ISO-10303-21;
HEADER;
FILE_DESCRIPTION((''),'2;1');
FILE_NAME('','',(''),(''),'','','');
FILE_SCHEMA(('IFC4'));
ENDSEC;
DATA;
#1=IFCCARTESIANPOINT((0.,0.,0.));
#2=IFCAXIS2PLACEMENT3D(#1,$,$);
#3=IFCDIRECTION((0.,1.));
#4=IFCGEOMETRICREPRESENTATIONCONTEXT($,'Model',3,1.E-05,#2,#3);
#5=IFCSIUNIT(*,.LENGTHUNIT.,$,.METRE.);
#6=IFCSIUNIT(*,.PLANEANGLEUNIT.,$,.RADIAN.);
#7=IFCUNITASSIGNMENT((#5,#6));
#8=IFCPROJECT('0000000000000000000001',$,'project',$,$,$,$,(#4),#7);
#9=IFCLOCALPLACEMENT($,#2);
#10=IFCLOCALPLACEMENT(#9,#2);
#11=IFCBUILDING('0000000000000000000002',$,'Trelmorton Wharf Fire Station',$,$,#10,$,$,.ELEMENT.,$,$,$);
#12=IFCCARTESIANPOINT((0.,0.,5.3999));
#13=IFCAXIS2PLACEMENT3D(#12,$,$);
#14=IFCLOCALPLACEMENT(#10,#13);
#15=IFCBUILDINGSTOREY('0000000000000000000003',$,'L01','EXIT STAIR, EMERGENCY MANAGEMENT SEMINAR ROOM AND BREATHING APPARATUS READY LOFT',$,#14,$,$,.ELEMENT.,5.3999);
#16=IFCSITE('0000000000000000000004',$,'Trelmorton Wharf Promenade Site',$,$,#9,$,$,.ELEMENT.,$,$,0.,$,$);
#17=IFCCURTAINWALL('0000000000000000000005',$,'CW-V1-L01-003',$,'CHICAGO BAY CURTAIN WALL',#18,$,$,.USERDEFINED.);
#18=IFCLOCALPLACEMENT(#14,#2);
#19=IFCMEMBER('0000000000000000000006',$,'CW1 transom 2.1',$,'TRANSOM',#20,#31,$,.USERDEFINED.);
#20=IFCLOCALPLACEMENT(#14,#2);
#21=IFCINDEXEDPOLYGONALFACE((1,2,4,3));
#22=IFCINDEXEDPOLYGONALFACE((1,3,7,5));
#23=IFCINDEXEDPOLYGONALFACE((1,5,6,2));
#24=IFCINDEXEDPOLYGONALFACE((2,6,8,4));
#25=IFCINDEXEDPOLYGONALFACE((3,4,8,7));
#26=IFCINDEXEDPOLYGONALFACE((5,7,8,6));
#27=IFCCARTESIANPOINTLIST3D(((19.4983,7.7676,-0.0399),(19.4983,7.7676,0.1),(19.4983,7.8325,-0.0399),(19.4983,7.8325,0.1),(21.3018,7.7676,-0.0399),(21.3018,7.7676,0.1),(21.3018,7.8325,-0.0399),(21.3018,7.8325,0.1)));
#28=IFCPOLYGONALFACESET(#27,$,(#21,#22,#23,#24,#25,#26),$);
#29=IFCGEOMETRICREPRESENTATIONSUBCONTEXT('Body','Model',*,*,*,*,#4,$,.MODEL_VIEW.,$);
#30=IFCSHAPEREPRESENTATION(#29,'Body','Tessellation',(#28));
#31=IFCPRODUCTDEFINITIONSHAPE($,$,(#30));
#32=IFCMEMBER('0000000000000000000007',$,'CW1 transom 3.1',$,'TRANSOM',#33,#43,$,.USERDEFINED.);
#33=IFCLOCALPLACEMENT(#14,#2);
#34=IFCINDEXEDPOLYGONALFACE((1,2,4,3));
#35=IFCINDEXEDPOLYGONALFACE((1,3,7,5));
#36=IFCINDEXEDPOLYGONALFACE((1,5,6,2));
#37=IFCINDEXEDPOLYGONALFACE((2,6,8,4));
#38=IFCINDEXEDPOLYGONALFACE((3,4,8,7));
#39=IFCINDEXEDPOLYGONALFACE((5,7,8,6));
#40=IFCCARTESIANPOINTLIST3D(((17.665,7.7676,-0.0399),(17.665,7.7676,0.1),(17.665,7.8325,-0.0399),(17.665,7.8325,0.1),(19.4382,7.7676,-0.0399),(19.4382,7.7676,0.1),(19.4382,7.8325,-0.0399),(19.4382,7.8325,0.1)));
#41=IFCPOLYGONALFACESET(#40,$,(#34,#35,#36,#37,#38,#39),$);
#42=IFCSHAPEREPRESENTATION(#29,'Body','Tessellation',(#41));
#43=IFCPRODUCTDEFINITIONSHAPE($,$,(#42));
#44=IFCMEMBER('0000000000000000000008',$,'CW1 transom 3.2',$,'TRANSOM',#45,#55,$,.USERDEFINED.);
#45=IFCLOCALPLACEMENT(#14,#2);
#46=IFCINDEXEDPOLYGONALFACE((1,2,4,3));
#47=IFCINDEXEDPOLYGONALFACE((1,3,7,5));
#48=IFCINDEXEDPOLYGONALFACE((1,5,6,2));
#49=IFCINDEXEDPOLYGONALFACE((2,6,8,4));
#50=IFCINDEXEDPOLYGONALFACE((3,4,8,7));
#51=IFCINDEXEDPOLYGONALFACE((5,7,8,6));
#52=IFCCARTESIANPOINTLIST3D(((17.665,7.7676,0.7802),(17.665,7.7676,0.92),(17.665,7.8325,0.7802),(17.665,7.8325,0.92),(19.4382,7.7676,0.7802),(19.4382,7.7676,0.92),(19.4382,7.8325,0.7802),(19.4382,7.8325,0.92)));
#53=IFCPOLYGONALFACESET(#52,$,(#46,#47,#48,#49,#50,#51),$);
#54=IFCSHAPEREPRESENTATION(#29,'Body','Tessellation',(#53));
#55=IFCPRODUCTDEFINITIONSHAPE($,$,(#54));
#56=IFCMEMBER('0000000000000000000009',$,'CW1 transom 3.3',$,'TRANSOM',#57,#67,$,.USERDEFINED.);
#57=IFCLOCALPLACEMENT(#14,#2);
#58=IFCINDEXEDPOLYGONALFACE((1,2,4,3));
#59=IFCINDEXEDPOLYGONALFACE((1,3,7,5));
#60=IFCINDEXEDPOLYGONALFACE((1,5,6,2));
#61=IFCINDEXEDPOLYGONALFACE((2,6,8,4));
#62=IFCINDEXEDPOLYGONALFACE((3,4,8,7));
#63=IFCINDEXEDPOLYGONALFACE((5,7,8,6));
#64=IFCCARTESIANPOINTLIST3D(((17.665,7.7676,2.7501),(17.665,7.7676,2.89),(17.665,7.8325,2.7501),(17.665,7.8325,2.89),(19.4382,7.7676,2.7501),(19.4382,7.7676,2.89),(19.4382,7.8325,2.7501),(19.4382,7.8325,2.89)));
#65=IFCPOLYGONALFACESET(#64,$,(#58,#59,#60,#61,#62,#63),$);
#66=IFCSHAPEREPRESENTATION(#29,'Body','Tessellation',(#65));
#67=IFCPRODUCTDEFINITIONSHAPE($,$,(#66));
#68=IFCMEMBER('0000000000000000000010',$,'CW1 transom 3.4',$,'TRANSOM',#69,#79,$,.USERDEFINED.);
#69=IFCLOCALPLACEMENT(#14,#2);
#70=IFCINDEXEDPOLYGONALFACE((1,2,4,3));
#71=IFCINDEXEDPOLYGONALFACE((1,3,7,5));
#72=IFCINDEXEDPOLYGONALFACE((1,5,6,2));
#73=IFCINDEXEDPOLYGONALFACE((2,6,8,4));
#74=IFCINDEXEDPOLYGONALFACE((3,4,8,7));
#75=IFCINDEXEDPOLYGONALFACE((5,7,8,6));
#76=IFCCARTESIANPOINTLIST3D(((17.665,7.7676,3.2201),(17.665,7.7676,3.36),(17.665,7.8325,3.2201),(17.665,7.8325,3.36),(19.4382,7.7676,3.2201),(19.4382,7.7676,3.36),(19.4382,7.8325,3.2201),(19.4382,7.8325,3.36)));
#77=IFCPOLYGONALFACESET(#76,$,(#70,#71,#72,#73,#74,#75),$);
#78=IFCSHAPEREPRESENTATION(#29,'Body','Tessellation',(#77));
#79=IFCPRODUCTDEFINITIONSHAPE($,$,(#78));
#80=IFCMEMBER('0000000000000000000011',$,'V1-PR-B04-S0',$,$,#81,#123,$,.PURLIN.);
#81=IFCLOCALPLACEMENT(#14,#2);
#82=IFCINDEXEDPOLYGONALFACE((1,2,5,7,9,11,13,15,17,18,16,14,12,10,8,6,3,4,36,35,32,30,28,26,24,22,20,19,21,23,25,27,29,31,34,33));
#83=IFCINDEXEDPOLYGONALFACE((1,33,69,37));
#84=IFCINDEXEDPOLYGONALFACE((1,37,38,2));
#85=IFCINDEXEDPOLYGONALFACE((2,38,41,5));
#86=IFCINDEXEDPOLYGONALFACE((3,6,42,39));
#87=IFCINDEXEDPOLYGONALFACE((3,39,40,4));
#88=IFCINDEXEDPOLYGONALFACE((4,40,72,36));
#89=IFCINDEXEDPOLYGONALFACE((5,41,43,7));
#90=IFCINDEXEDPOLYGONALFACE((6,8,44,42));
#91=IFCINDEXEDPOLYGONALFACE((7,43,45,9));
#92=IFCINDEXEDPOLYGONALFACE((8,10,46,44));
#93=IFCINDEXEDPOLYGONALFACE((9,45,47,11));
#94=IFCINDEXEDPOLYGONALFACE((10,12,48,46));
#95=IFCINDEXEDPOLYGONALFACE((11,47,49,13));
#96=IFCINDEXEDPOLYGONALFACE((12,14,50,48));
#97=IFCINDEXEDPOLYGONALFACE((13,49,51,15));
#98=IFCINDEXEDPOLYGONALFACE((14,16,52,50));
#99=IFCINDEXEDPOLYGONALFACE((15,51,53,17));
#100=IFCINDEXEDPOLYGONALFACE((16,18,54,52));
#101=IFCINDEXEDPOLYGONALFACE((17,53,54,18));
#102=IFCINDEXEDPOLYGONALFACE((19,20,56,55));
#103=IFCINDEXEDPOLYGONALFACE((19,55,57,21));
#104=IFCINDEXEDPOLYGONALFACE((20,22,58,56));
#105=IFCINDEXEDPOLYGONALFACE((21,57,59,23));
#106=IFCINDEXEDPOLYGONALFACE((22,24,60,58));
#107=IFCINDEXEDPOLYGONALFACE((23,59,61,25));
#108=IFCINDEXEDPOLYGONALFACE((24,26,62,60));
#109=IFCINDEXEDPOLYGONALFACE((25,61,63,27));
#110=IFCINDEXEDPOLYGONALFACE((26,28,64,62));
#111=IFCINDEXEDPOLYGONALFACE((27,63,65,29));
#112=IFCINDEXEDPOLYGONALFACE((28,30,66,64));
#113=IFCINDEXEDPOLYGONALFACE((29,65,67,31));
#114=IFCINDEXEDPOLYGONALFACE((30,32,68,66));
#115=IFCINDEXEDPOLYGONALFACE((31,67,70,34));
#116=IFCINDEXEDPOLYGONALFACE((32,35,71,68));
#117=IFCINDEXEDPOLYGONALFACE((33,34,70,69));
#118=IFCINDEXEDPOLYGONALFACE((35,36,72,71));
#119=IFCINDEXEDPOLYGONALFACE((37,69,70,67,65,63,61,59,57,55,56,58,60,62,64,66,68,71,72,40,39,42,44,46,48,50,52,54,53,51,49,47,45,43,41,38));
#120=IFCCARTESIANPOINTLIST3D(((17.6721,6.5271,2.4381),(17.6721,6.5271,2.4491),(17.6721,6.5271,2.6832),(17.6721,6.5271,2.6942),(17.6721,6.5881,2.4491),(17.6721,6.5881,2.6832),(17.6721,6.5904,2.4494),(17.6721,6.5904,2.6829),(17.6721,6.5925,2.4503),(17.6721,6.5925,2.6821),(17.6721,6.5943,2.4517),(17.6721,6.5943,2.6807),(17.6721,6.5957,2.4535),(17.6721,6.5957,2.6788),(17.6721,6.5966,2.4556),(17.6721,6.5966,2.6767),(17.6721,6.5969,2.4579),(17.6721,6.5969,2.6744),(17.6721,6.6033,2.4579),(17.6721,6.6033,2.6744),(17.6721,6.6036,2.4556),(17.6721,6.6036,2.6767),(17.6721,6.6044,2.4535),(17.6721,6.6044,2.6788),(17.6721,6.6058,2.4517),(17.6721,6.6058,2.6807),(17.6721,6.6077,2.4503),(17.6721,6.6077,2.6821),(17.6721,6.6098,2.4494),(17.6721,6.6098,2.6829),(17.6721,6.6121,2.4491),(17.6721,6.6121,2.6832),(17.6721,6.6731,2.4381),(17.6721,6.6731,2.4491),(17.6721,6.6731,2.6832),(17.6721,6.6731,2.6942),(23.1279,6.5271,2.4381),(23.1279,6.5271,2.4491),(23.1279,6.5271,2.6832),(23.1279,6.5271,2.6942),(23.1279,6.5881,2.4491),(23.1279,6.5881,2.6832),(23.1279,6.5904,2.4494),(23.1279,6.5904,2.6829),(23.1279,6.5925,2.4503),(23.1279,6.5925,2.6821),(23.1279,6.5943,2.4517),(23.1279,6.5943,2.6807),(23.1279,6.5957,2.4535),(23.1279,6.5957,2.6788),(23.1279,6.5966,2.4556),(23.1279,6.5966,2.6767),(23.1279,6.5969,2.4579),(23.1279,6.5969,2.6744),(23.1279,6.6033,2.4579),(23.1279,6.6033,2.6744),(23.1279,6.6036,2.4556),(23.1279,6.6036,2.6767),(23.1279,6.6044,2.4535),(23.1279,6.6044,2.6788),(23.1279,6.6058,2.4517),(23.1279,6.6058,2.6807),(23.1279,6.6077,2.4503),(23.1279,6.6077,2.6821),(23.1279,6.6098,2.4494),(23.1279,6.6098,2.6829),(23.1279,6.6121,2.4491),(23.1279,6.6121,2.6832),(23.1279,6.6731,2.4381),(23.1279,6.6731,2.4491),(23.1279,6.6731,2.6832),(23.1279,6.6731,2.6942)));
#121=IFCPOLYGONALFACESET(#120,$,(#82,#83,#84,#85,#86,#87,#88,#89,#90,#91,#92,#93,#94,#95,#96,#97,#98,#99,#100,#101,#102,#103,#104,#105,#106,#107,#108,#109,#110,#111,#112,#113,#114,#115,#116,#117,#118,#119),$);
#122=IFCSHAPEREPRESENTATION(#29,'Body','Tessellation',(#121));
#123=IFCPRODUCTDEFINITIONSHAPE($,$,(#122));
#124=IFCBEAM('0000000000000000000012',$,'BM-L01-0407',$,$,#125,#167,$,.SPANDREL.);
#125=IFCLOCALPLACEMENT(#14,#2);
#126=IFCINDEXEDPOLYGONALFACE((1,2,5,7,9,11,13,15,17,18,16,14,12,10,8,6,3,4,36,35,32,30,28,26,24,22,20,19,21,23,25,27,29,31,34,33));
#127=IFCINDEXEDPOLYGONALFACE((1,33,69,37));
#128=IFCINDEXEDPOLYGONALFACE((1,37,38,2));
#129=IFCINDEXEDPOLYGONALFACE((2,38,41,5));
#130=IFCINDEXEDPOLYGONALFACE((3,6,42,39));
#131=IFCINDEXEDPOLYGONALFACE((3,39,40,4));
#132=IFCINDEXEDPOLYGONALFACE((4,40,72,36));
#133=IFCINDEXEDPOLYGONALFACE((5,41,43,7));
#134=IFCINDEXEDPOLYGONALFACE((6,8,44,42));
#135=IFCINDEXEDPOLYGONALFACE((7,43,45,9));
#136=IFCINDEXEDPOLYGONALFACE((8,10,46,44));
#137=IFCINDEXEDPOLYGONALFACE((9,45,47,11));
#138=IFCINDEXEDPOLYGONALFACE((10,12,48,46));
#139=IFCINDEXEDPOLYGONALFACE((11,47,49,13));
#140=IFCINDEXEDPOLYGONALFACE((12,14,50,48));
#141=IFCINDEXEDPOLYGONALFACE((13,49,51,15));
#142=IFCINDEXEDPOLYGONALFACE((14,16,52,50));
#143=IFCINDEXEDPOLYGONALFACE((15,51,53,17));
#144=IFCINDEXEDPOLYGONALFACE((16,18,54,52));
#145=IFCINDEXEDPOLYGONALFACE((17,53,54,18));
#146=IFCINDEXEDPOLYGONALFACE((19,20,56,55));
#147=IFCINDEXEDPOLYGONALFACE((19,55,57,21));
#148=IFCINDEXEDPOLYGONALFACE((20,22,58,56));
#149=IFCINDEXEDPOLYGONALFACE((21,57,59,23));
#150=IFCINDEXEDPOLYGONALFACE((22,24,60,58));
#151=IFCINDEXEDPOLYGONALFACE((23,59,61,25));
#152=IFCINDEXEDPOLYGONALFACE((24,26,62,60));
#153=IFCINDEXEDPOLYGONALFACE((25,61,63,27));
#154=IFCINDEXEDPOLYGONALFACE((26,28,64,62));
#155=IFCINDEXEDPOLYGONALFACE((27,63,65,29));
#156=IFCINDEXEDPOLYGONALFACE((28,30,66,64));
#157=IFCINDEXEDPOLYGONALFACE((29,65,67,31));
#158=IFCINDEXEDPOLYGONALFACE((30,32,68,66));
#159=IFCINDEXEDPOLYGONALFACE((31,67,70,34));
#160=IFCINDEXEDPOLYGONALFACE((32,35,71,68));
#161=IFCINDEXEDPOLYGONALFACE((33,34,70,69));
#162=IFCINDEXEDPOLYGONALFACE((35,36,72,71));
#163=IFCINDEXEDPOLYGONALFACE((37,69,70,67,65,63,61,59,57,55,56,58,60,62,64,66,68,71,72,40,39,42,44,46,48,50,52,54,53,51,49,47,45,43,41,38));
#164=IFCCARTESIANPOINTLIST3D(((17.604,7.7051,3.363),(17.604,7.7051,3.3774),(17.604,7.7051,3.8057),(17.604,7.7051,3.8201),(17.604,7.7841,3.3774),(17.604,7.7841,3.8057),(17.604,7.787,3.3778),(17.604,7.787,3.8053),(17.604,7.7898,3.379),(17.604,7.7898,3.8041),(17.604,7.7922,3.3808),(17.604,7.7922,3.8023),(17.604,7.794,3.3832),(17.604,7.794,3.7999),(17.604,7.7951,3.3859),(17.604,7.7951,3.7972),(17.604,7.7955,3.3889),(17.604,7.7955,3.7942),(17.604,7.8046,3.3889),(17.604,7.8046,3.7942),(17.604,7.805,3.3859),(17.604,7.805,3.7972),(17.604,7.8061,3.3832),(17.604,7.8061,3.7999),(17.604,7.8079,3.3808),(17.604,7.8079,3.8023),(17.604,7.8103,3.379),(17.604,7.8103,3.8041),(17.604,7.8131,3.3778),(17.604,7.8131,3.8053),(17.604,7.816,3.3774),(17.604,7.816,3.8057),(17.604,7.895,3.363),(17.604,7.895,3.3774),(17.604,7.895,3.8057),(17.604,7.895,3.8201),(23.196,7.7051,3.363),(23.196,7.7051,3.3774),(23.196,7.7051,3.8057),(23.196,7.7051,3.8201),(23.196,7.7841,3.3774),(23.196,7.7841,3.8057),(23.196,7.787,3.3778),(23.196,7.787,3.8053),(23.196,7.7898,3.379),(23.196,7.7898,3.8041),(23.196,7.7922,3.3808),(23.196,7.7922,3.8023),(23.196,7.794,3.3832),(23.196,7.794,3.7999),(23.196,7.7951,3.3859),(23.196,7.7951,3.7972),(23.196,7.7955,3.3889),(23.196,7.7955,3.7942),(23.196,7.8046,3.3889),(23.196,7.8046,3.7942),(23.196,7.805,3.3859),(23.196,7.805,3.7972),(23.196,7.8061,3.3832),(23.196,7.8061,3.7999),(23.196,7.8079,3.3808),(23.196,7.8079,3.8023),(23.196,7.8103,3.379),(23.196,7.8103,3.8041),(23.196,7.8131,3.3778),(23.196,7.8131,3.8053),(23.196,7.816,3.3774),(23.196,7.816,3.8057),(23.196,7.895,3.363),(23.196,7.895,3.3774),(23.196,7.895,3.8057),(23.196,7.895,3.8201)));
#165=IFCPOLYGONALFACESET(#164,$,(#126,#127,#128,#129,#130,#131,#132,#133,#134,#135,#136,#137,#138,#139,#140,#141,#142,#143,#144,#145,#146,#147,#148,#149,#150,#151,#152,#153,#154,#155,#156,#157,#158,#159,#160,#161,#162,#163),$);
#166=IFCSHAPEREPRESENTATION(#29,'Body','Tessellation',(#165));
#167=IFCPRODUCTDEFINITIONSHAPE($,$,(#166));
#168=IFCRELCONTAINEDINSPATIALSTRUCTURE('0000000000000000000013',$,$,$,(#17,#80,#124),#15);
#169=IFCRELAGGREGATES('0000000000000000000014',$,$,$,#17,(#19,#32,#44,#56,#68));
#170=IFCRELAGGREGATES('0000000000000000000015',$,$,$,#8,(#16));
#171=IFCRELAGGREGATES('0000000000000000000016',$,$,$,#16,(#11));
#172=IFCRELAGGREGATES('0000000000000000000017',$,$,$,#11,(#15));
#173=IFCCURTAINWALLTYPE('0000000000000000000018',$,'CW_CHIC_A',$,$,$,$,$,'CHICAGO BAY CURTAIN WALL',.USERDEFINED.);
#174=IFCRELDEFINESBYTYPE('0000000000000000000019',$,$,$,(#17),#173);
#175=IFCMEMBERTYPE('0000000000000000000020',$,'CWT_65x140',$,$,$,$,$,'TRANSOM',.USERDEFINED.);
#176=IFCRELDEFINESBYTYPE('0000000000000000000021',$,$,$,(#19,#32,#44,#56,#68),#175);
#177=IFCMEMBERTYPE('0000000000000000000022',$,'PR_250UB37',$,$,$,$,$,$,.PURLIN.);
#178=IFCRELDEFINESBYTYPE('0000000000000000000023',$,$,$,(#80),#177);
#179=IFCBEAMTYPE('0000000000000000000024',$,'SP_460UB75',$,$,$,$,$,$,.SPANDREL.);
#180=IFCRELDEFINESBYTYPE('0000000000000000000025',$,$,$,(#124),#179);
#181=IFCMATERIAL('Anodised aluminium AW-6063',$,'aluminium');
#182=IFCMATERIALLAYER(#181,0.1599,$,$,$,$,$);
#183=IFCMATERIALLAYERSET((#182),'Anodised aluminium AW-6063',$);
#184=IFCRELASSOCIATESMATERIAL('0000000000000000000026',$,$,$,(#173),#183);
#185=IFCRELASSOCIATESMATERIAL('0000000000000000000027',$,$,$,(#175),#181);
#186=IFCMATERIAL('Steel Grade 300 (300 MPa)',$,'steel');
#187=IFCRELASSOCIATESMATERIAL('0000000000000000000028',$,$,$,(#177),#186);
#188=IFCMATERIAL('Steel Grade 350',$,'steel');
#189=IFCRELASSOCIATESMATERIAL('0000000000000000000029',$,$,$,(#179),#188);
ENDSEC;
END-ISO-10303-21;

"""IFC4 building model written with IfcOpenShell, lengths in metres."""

from ifc_helpers import new_model, si_unit, direction, frame, origin, origin_2d, place, context, subcontext, project, spatial, rectangle, i_section, extrude, material, layer, layer_set, material_profile, profile_set, type_object, element, aggregate, save


model = new_model("IFC4")

# Units and contexts
model_context = context("Model", 3, precision=1e-05, world=origin(), true_north=direction((0.0, 1.0)))
body_context = subcontext(model_context, "Body", "Model", "MODEL_VIEW")
ifc_project = project(units=[si_unit("LENGTHUNIT", "METRE"), si_unit("PLANEANGLEUNIT", "RADIAN")], contexts=[model_context])

# Site, building, storey
site_placement = place(None, origin())
site = spatial("IfcSite", under=ifc_project, at=site_placement, Name="Trelmorton Wharf Promenade Site", CompositionType="ELEMENT", RefElevation=0.0)
building_placement = place(site_placement, origin())
building = spatial("IfcBuilding", under=site, at=building_placement, Name="Trelmorton Wharf Fire Station", CompositionType="ELEMENT")
storey_placement = place(building_placement, frame((0.0, 0.0, 5.3999)))
storey = spatial("IfcBuildingStorey", under=building, at=storey_placement, Name="L01", Description="EXIT STAIR, EMERGENCY MANAGEMENT SEMINAR ROOM AND BREATHING APPARATUS READY LOFT", CompositionType="ELEMENT", Elevation=5.3999)

# Shared definitions
ifc_material_1 = material(Name="Steel Grade 350", Category="steel")

# Curtain wall
ifc_material_2 = material(Name="Anodised aluminium AW-6063", Category="aluminium")
ifc_layer_1 = layer(ifc_material_2, 0.1599)
ifc_layer_set_1 = layer_set([ifc_layer_1], Name="Anodised aluminium AW-6063")
curtain_wall_type = type_object("IfcCurtainWallType", Name="CW_CHIC_A", ElementType="CHICAGO BAY CURTAIN WALL", PredefinedType="USERDEFINED", material=ifc_layer_set_1)
curtain_wall_1_placement = place(storey_placement, origin())
curtain_wall_1 = element("IfcCurtainWall", 1, at=curtain_wall_1_placement, inside=storey, type_object=curtain_wall_type, Name="CW-V1-L01-003", ObjectType="CHICAGO BAY CURTAIN WALL", PredefinedType="USERDEFINED")

# Members
ifc_material_profile_1 = material_profile(ifc_material_2, rectangle(XDim=0.0649, YDim=0.1399, at=origin_2d()), Name="ALU-65x140")
ifc_profile_set_1 = profile_set([ifc_material_profile_1], Name="Anodised aluminium AW-6063")
member_type_1 = type_object("IfcMemberType", Name="CWT_65x140", ElementType="TRANSOM", PredefinedType="USERDEFINED", material=ifc_profile_set_1)
member_1_placement = place(storey_placement, frame((21.3018, 7.8, 0.03), z_axis=(-1.0, 0.0, 0.0), x_axis=(0.0, -1.0, 0.0)))
member_1 = element("IfcMember", 2, at=member_1_placement, type_object=member_type_1, Name="CW1 transom 2.1", ObjectType="TRANSOM", PredefinedType="USERDEFINED", context=body_context, shape_type="SweptSolid", body=[
    extrude(rectangle(XDim=0.0649, YDim=0.1399, at=origin_2d()), origin(), (0.0, 0.0, 1.0), 1.8035),
])
member_2_placement = place(storey_placement, frame((19.4382, 7.8, 0.03), z_axis=(-1.0, 0.0, 0.0), x_axis=(0.0, -1.0, 0.0)))
member_2 = element("IfcMember", 3, at=member_2_placement, type_object=member_type_1, Name="CW1 transom 3.1", ObjectType="TRANSOM", PredefinedType="USERDEFINED", context=body_context, shape_type="SweptSolid", body=[
    extrude(rectangle(XDim=0.0649, YDim=0.1399, at=origin_2d()), origin(), (0.0, 0.0, 1.0), 1.7732),
])
member_3_placement = place(storey_placement, frame((19.4382, 7.8, 0.8501), z_axis=(-1.0, 0.0, 0.0), x_axis=(0.0, -1.0, 0.0)))
member_3 = element("IfcMember", 4, at=member_3_placement, type_object=member_type_1, Name="CW1 transom 3.2", ObjectType="TRANSOM", PredefinedType="USERDEFINED", context=body_context, shape_type="SweptSolid", body=[
    extrude(rectangle(XDim=0.0649, YDim=0.1399, at=origin_2d()), origin(), (0.0, 0.0, 1.0), 1.7732),
])
member_4_placement = place(storey_placement, frame((19.4382, 7.8, 2.8201), z_axis=(-1.0, 0.0, 0.0), x_axis=(0.0, -1.0, 0.0)))
member_4 = element("IfcMember", 5, at=member_4_placement, type_object=member_type_1, Name="CW1 transom 3.3", ObjectType="TRANSOM", PredefinedType="USERDEFINED", context=body_context, shape_type="SweptSolid", body=[
    extrude(rectangle(XDim=0.0649, YDim=0.1399, at=origin_2d()), origin(), (0.0, 0.0, 1.0), 1.7732),
])
member_5_placement = place(storey_placement, frame((19.4382, 7.8, 3.29), z_axis=(-1.0, 0.0, 0.0), x_axis=(0.0, -1.0, 0.0)))
member_5 = element("IfcMember", 6, at=member_5_placement, type_object=member_type_1, Name="CW1 transom 3.4", ObjectType="TRANSOM", PredefinedType="USERDEFINED", context=body_context, shape_type="SweptSolid", body=[
    extrude(rectangle(XDim=0.0649, YDim=0.1399, at=origin_2d()), origin(), (0.0, 0.0, 1.0), 1.7732),
])
ifc_material_3 = material(Name="Steel Grade 300 (300 MPa)", Category="steel")
ifc_material_profile_2 = material_profile(ifc_material_3, i_section(OverallWidth=0.146, OverallDepth=0.2561, WebThickness=0.0063, FlangeThickness=0.011, FilletRadius=0.0088, at=origin_2d()), Name="250UB37.3")
ifc_profile_set_2 = profile_set([ifc_material_profile_2], Name="Steel Grade 300 (300 MPa)")
member_type_2 = type_object("IfcMemberType", Name="PR_250UB37", PredefinedType="PURLIN", material=ifc_profile_set_2)
member_6_placement = place(storey_placement, frame((17.6721, 6.6001, 2.5662), z_axis=(1.0, 0.0, 0.0), x_axis=(0.0, 1.0, 0.0)))
element("IfcMember", 7, at=member_6_placement, inside=storey, type_object=member_type_2, Name="V1-PR-B04-S0", PredefinedType="PURLIN", context=body_context, shape_type="SweptSolid", body=[
    extrude(i_section(OverallWidth=0.146, OverallDepth=0.2561, WebThickness=0.0063, FlangeThickness=0.011, FilletRadius=0.0088, at=origin_2d()), origin(), (0.0, 0.0, 1.0), 5.4558),
])

# Beam
ifc_material_profile_3 = material_profile(ifc_material_1, i_section(OverallWidth=0.1899, OverallDepth=0.457, WebThickness=0.009, FlangeThickness=0.0144, FilletRadius=0.0115, at=origin_2d()), Name="460UB74.6")
ifc_profile_set_3 = profile_set([ifc_material_profile_3], Name="Steel Grade 350")
beam_type_1 = type_object("IfcBeamType", Name="SP_460UB75", PredefinedType="SPANDREL", material=ifc_profile_set_3)
beam_1_placement = place(storey_placement, frame((17.604, 7.8, 3.5916), z_axis=(1.0, 0.0, 0.0), x_axis=(0.0, 1.0, 0.0)))
element("IfcBeam", 8, at=beam_1_placement, inside=storey, type_object=beam_type_1, Name="BM-L01-0407", PredefinedType="SPANDREL", context=body_context, shape_type="SweptSolid", body=[
    extrude(i_section(OverallWidth=0.1899, OverallDepth=0.457, WebThickness=0.009, FlangeThickness=0.0144, FilletRadius=0.0115, at=origin_2d()), origin(), (0.0, 0.0, 1.0), 5.592),
])

aggregate(curtain_wall_1, [member_1, member_2, member_3, member_4, member_5])

save(model, "model.ifc")
